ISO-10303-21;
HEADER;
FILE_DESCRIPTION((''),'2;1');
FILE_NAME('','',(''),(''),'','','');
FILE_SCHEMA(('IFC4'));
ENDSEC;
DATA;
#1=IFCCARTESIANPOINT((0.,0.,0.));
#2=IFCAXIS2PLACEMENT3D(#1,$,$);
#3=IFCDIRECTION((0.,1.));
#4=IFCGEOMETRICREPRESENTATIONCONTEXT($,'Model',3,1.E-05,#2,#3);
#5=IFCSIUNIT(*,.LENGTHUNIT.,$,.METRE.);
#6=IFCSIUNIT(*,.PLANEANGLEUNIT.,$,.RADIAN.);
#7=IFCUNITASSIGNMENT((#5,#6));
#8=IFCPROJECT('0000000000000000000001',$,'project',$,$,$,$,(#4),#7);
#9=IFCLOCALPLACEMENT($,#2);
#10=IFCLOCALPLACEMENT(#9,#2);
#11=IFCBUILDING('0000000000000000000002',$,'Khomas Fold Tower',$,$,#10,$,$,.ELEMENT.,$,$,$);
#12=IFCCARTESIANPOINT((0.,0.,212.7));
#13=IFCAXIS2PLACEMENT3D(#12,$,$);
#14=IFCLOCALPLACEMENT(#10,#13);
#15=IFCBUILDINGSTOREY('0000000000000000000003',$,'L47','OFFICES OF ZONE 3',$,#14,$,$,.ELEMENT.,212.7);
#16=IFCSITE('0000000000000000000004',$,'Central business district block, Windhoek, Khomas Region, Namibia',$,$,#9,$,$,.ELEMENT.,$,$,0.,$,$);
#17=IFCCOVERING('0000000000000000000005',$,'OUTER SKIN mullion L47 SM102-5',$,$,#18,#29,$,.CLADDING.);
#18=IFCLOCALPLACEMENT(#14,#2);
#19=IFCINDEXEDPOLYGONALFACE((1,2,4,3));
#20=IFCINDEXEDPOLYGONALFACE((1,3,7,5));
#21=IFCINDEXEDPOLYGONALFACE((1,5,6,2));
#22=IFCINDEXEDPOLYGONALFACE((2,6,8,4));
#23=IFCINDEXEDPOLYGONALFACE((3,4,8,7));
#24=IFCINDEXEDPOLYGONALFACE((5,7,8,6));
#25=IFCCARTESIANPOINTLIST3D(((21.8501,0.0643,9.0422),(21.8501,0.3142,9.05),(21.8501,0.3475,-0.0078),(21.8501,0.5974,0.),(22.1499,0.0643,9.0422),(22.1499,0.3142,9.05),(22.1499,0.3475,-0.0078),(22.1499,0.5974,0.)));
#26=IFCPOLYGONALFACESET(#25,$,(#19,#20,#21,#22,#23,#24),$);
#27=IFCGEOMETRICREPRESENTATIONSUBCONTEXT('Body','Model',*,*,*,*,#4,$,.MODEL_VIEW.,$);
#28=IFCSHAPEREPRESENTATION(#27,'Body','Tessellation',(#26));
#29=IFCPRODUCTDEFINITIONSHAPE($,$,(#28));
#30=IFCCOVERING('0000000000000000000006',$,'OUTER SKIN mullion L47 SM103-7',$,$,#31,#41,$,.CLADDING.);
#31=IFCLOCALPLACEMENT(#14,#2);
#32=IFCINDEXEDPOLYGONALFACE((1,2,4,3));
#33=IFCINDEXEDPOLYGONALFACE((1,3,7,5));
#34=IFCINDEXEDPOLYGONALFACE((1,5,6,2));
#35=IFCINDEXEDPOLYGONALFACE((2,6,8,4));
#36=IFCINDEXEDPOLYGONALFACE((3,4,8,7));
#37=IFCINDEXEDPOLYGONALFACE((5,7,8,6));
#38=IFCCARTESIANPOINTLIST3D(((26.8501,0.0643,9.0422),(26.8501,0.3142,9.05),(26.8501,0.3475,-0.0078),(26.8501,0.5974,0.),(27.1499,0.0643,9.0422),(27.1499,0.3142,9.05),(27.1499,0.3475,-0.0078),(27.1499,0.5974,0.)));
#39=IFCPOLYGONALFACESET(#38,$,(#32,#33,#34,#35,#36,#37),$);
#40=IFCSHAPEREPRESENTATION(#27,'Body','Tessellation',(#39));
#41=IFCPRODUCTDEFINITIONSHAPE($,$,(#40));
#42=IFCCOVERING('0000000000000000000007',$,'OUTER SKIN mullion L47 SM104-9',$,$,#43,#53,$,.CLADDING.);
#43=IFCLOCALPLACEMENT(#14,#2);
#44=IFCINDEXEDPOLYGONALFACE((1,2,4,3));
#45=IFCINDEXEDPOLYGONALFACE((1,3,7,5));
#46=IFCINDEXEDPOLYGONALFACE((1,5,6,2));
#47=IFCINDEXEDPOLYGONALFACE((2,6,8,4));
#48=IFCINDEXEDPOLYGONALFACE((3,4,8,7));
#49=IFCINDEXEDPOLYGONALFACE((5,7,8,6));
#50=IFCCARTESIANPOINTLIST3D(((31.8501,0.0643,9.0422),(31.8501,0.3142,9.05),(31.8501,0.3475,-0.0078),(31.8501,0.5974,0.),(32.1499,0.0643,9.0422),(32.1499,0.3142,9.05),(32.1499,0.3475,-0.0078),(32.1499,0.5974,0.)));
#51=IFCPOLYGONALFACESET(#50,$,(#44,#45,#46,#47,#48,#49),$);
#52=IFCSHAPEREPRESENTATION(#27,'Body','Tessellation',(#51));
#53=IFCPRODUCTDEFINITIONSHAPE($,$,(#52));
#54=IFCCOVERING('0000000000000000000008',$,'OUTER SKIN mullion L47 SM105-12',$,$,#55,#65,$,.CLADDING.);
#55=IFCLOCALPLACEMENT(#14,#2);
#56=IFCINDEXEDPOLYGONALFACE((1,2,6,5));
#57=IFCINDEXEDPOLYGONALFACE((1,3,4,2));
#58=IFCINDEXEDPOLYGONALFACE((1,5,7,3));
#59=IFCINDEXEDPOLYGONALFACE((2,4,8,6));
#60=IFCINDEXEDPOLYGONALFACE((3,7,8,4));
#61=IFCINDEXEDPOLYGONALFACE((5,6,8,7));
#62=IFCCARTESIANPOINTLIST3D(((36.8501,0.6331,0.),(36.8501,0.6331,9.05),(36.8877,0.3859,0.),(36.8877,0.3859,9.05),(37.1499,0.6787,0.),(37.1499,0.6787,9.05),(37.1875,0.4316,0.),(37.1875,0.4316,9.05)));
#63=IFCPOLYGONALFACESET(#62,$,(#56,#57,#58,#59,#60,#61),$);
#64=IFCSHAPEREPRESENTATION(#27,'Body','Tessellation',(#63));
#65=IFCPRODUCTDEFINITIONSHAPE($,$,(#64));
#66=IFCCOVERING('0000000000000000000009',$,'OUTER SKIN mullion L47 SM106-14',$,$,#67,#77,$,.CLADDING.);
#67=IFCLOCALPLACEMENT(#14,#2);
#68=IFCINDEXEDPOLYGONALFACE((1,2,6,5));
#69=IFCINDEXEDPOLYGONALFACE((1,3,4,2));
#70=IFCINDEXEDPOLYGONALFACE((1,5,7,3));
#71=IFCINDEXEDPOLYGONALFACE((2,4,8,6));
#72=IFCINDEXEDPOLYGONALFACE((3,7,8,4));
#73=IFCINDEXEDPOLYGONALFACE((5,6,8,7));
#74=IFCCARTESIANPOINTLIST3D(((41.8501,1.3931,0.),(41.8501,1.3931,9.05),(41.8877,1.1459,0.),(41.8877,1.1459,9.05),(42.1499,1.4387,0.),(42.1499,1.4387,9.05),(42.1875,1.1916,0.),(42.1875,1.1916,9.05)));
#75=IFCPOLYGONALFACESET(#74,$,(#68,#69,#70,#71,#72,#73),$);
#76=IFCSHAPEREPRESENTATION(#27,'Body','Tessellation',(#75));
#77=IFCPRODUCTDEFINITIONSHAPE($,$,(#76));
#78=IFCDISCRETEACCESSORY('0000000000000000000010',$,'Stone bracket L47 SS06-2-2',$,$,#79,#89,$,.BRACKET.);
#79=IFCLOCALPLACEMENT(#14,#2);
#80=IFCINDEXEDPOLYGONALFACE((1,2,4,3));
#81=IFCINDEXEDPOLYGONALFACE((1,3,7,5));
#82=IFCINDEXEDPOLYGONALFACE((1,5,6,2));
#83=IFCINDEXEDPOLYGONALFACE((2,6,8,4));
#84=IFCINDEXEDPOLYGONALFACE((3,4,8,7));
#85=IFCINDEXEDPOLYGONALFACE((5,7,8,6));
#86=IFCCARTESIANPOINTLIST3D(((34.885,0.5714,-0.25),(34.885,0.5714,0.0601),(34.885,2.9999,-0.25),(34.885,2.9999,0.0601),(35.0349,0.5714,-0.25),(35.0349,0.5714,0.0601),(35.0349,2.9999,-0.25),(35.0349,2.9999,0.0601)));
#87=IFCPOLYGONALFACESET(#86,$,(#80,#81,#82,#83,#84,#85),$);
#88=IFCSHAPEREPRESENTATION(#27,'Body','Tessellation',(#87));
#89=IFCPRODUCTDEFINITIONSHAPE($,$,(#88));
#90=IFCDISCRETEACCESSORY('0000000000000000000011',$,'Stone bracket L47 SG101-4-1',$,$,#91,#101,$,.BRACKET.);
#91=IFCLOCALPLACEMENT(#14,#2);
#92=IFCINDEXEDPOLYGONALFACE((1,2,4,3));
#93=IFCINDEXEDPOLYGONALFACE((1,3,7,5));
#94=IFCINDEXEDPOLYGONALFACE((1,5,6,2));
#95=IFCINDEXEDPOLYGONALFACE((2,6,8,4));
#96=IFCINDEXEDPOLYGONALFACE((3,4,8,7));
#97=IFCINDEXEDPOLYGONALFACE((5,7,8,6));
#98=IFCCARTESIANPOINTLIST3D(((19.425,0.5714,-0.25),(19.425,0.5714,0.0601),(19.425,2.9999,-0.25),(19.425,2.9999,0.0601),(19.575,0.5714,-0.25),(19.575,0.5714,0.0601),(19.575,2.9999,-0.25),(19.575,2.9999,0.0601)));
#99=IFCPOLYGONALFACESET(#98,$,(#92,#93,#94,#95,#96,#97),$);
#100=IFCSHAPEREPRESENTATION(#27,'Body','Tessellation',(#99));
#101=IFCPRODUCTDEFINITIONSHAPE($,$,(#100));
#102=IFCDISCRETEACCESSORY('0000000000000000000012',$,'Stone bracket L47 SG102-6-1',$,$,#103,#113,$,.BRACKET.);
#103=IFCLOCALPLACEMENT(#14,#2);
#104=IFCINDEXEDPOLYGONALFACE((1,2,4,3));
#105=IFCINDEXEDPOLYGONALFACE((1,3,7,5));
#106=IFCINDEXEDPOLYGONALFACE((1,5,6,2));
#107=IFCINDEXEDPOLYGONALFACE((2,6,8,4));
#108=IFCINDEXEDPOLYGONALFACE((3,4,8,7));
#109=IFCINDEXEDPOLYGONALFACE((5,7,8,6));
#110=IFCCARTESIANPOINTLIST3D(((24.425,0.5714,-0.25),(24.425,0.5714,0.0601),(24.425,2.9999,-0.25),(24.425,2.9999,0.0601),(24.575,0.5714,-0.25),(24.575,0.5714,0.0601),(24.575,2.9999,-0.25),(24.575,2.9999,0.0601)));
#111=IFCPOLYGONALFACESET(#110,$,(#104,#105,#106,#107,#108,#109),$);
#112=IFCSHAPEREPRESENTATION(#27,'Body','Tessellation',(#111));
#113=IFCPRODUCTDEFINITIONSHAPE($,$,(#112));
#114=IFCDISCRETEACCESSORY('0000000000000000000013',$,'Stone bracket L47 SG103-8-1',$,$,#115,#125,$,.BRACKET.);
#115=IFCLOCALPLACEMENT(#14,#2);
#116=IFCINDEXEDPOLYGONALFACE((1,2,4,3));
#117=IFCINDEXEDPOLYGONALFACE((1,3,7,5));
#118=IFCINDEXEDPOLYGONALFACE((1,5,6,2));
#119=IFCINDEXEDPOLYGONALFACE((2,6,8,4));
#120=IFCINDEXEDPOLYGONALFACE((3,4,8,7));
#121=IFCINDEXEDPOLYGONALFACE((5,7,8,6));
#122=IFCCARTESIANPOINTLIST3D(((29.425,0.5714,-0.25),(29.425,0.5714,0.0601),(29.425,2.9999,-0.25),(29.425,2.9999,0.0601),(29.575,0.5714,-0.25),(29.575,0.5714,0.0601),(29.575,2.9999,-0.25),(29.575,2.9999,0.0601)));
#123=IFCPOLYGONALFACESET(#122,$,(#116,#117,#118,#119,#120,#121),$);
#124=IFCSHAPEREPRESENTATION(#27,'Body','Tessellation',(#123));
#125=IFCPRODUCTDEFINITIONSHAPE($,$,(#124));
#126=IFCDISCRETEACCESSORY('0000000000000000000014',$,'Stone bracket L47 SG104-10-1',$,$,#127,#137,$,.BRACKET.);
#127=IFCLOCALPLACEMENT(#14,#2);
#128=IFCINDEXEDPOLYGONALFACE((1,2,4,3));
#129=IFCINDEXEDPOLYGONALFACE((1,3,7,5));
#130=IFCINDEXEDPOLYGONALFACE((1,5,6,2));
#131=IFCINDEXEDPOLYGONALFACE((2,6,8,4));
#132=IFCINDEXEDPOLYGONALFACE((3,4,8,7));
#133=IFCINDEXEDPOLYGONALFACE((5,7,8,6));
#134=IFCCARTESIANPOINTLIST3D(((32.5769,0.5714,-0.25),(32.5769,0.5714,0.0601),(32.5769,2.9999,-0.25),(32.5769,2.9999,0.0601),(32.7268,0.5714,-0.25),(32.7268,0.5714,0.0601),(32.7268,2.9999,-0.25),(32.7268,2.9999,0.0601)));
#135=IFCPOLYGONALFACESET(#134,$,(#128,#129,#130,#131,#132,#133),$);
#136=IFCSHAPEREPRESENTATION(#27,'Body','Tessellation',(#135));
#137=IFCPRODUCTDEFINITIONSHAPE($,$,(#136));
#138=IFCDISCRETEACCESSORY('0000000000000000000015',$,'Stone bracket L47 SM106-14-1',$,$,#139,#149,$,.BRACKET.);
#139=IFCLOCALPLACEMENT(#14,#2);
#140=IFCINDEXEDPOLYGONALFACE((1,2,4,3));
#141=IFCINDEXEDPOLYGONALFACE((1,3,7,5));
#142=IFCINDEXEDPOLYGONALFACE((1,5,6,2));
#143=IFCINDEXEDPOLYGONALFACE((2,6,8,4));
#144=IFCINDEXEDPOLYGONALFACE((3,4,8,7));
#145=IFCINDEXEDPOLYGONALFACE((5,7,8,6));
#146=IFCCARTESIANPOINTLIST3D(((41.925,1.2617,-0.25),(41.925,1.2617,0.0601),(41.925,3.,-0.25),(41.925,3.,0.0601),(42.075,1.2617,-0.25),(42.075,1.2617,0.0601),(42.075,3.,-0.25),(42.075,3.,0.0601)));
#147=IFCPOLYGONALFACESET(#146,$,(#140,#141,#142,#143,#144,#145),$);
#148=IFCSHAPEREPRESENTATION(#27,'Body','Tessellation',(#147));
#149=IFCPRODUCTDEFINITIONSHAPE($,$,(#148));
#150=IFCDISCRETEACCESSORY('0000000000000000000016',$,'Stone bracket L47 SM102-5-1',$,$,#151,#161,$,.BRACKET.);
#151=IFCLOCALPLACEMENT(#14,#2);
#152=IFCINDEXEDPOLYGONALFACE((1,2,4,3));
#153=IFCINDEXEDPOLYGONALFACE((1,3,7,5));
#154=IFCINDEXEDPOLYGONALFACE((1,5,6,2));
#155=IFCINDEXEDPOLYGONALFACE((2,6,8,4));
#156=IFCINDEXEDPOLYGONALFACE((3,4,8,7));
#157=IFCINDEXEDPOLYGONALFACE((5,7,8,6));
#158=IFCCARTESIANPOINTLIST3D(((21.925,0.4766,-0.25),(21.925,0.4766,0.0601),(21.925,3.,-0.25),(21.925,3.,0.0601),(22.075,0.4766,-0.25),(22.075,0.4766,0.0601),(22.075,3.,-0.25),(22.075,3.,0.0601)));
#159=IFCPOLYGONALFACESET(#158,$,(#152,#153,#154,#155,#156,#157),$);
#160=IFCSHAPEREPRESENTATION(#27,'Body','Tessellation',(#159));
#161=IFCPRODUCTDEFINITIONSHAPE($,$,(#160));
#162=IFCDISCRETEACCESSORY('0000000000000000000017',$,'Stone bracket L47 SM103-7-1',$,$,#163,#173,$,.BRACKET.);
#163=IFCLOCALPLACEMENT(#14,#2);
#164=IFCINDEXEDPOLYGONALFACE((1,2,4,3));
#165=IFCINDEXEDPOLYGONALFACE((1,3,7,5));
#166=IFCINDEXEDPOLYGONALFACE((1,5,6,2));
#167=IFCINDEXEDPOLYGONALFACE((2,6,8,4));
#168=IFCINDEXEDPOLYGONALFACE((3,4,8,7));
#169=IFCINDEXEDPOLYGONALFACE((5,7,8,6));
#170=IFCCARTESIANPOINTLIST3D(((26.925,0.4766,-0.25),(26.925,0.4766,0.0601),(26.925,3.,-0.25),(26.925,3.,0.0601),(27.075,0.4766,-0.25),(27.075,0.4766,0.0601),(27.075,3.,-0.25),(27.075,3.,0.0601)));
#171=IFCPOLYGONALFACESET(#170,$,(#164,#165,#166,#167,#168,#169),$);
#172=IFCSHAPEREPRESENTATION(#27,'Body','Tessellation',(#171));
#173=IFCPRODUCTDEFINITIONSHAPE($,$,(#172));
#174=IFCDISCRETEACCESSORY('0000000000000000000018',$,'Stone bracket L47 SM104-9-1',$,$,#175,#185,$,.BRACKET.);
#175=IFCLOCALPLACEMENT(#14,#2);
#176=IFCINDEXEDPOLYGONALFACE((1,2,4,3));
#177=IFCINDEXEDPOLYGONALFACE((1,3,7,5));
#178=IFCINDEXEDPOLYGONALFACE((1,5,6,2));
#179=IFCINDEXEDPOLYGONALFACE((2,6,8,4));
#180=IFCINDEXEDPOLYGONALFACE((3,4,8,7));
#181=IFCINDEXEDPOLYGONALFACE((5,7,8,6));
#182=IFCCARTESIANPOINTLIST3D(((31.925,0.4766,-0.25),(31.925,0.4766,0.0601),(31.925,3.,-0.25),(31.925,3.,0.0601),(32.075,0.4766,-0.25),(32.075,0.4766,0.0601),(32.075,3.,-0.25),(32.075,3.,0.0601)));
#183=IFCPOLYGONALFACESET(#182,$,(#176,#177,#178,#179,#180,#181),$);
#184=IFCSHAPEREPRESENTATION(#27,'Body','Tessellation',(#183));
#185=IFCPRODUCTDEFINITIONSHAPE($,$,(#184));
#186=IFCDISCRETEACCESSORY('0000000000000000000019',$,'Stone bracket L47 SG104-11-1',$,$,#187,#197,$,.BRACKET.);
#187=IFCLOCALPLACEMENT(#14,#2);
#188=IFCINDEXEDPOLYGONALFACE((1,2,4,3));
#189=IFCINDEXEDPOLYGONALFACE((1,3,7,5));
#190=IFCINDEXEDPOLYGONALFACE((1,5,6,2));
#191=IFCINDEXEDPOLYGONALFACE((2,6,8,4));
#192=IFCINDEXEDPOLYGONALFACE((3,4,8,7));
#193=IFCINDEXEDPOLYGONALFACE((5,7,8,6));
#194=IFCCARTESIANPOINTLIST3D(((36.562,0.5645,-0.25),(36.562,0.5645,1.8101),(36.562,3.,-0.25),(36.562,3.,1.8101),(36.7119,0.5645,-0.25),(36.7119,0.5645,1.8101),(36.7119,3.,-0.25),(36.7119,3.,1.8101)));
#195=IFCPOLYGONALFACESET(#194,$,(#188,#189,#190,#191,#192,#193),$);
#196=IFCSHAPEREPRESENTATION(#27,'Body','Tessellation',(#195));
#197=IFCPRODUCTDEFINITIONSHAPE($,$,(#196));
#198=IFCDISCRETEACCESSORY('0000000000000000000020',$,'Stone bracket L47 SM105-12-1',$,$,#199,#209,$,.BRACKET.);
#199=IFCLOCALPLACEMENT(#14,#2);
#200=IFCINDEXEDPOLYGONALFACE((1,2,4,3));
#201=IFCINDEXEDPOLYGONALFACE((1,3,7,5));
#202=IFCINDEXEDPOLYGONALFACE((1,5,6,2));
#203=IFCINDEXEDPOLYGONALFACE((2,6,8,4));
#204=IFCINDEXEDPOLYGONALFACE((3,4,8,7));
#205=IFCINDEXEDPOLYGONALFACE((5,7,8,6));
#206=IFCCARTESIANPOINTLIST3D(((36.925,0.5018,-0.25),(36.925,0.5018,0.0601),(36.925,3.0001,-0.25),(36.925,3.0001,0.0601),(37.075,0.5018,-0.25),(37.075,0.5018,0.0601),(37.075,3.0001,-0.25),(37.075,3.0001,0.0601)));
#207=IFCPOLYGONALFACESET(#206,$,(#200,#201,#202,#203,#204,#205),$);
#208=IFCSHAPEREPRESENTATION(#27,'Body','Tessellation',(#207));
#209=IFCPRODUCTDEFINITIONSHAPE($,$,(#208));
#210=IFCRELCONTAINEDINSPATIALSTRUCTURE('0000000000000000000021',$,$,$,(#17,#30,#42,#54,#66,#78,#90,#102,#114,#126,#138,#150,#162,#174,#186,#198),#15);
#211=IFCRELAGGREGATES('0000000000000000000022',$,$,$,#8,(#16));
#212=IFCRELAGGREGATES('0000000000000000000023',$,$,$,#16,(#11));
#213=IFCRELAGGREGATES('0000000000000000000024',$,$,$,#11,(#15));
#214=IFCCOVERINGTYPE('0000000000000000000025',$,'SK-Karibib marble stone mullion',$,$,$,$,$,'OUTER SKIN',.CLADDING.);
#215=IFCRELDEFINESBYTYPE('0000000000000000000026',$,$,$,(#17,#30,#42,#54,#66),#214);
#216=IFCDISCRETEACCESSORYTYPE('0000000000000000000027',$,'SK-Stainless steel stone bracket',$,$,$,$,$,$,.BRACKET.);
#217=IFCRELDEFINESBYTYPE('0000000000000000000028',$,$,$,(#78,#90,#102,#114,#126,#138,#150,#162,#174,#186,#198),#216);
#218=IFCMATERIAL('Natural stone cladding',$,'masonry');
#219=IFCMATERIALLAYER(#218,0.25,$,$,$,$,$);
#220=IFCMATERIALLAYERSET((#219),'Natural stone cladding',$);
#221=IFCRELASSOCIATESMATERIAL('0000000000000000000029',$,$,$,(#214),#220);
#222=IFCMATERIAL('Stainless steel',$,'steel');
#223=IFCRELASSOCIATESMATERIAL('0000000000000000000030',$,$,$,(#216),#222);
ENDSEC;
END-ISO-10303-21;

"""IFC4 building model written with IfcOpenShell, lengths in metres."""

from ifc_helpers import new_model, si_unit, direction, frame, origin, origin_2d, place, context, subcontext, project, spatial, polyline, rectangle, outline, extrude, source, transform, mapped, material, layer, layer_set, type_object, element, save


model = new_model("IFC4")

# Units and contexts
model_context = context("Model", 3, precision=1e-05, world=origin(), true_north=direction((0.0, 1.0)))
body_context = subcontext(model_context, "Body", "Model", "MODEL_VIEW")
ifc_project = project(units=[si_unit("LENGTHUNIT", "METRE"), si_unit("PLANEANGLEUNIT", "RADIAN")], contexts=[model_context])

# Site, building, storey
site_placement = place(None, origin())
site = spatial("IfcSite", under=ifc_project, at=site_placement, Name="Central business district block, Windhoek, Khomas Region, Namibia", CompositionType="ELEMENT", RefElevation=0.0)
building_placement = place(site_placement, origin())
building = spatial("IfcBuilding", under=site, at=building_placement, Name="Khomas Fold Tower", CompositionType="ELEMENT")
storey_placement = place(building_placement, frame((0.0, 0.0, 212.7)))
storey = spatial("IfcBuildingStorey", under=building, at=storey_placement, Name="L47", Description="OFFICES OF ZONE 3", CompositionType="ELEMENT", Elevation=212.7)

# Coverings
ifc_material_1 = material(Name="Natural stone cladding", Category="masonry")
ifc_layer_1 = layer(ifc_material_1, 0.25)
ifc_layer_set_1 = layer_set([ifc_layer_1], Name="Natural stone cladding")
covering_type = type_object("IfcCoveringType", Name="SK-Karibib marble stone mullion", ElementType="OUTER SKIN", PredefinedType="CLADDING", material=ifc_layer_set_1)
for number, where, z_axis, x_axis, name in (
    (1, (21.8501, 0.5974, 0.0), (0.0, 0.999511, 0.031278), (0.0, -0.031278, 0.999511), "OUTER SKIN mullion L47 SM102-5"),
    (2, (26.8501, 0.5974, 0.0), (0.0, 0.999511, 0.031278), (0.0, -0.031278, 0.999511), "OUTER SKIN mullion L47 SM103-7"),
    (3, (31.8501, 0.5974, 0.0), (0.0, 0.999511, 0.031278), (0.0, -0.031278, 0.999511), "OUTER SKIN mullion L47 SM104-9"),
):
    element("IfcCovering", number, at=place(storey_placement, frame(where, z_axis=z_axis, x_axis=x_axis)), inside=storey, type_object=covering_type, Name=name, PredefinedType="CLADDING", context=body_context, shape_type="SweptSolid", body=[
        extrude(outline(polyline([(0.0, 0.0), (9.0545, 0.0), (9.0545, 0.2998), (0.0, 0.2998), (0.0, 0.0)])), origin(), (0.0, 0.0, -1.0), 0.25),
    ])
for number, where, z_axis, x_axis, name in (
    (4, (36.8501, 0.6331, 0.0), (-0.150545, 0.988603, 0.0), (0.0, 0.0, 1.0), "OUTER SKIN mullion L47 SM105-12"),
    (5, (41.8501, 1.3931, 0.0), (-0.150545, 0.988603, 0.0), (0.0, 0.0, 1.0), "OUTER SKIN mullion L47 SM106-14"),
):
    element("IfcCovering", number, at=place(storey_placement, frame(where, z_axis=z_axis, x_axis=x_axis)), inside=storey, type_object=covering_type, Name=name, PredefinedType="CLADDING", context=body_context, shape_type="SweptSolid", body=[
        extrude(outline(polyline([(0.0, 0.0), (9.05, 0.0), (9.05, 0.3033), (0.0, 0.3033), (0.0, 0.0)])), origin(), (0.0, 0.0, -1.0), 0.25),
    ])

# Discrete accessories
ifc_material_2 = material(Name="Stainless steel", Category="steel")
discrete_accessory_type = type_object("IfcDiscreteAccessoryType", Name="SK-Stainless steel stone bracket", PredefinedType="BRACKET", material=ifc_material_2)
shared_shape_1 = source(origin(), body_context, "Body", "SweptSolid", [
    extrude(rectangle(XDim=2.4285, YDim=0.1499, at=origin_2d()), origin(), (0.0, 0.0, 1.0), 0.3101),
])
for number, where, z_axis, x_axis, name in (
    (6, (34.96, 1.7856, -0.25), (0.0, 0.0, 1.0), (0.0, -1.0, 0.0), "Stone bracket L47 SS06-2-2"),
    (7, (19.5, 1.7856, -0.25), (0.0, 0.0, 1.0), (0.0, -1.0, 0.0), "Stone bracket L47 SG101-4-1"),
    (8, (24.5, 1.7856, -0.25), (0.0, 0.0, 1.0), (0.0, -1.0, 0.0), "Stone bracket L47 SG102-6-1"),
    (9, (29.5, 1.7856, -0.25), (0.0, 0.0, 1.0), (0.0, -1.0, 0.0), "Stone bracket L47 SG103-8-1"),
    (10, (32.6519, 1.7856, -0.25), (0.0, 0.0, 1.0), (0.0, -1.0, 0.0), "Stone bracket L47 SG104-10-1"),
):
    element("IfcDiscreteAccessory", number, at=place(storey_placement, frame(where, z_axis=z_axis, x_axis=x_axis)), inside=storey, type_object=discrete_accessory_type, Name=name, PredefinedType="BRACKET", context=body_context, shape_type="MappedRepresentation", body=[
        mapped(shared_shape_1, transform((0.0, 0.0, 0.0))),
    ])
shared_shape_2 = source(origin(), body_context, "Body", "SweptSolid", [
    extrude(rectangle(XDim=1.7383, YDim=0.1499, at=origin_2d()), origin(), (0.0, 0.0, 1.0), 0.3101),
])
discrete_accessory_1_placement = place(storey_placement, frame((42.0, 2.1309, -0.25), z_axis=(0.0, 0.0, 1.0), x_axis=(0.0, -1.0, 0.0)))
element("IfcDiscreteAccessory", 11, at=discrete_accessory_1_placement, inside=storey, type_object=discrete_accessory_type, Name="Stone bracket L47 SM106-14-1", PredefinedType="BRACKET", context=body_context, shape_type="MappedRepresentation", body=[
    mapped(shared_shape_2, transform((0.0, 0.0, 0.0))),
])
shared_shape_3 = source(origin(), body_context, "Body", "SweptSolid", [
    extrude(rectangle(XDim=2.5234, YDim=0.1499, at=origin_2d()), origin(), (0.0, 0.0, 1.0), 0.3101),
])
for number, where, z_axis, x_axis, name in (
    (12, (22.0, 1.7383, -0.25), (0.0, 0.0, 1.0), (0.0, -1.0, 0.0), "Stone bracket L47 SM102-5-1"),
    (13, (27.0, 1.7383, -0.25), (0.0, 0.0, 1.0), (0.0, -1.0, 0.0), "Stone bracket L47 SM103-7-1"),
    (14, (32.0, 1.7383, -0.25), (0.0, 0.0, 1.0), (0.0, -1.0, 0.0), "Stone bracket L47 SM104-9-1"),
):
    element("IfcDiscreteAccessory", number, at=place(storey_placement, frame(where, z_axis=z_axis, x_axis=x_axis)), inside=storey, type_object=discrete_accessory_type, Name=name, PredefinedType="BRACKET", context=body_context, shape_type="MappedRepresentation", body=[
        mapped(shared_shape_3, transform((0.0, 0.0, 0.0))),
    ])
shared_shape_4 = source(origin(), body_context, "Body", "SweptSolid", [
    extrude(rectangle(XDim=2.4355, YDim=0.1499, at=origin_2d()), origin(), (0.0, 0.0, 1.0), 2.0601),
])
discrete_accessory_2_placement = place(storey_placement, frame((36.637, 1.7822, -0.25), z_axis=(0.0, 0.0, 1.0), x_axis=(0.0, -1.0, 0.0)))
element("IfcDiscreteAccessory", 15, at=discrete_accessory_2_placement, inside=storey, type_object=discrete_accessory_type, Name="Stone bracket L47 SG104-11-1", PredefinedType="BRACKET", context=body_context, shape_type="MappedRepresentation", body=[
    mapped(shared_shape_4, transform((0.0, 0.0, 0.0))),
])
shared_shape_5 = source(origin(), body_context, "Body", "SweptSolid", [
    extrude(rectangle(XDim=2.4983, YDim=0.1499, at=origin_2d()), origin(), (0.0, 0.0, 1.0), 0.3101),
])
discrete_accessory_3_placement = place(storey_placement, frame((37.0, 1.751, -0.25), z_axis=(0.0, 0.0, 1.0), x_axis=(0.0, -1.0, 0.0)))
element("IfcDiscreteAccessory", 16, at=discrete_accessory_3_placement, inside=storey, type_object=discrete_accessory_type, Name="Stone bracket L47 SM105-12-1", PredefinedType="BRACKET", context=body_context, shape_type="MappedRepresentation", body=[
    mapped(shared_shape_5, transform((0.0, 0.0, 0.0))),
])

save(model, "model.ifc")
